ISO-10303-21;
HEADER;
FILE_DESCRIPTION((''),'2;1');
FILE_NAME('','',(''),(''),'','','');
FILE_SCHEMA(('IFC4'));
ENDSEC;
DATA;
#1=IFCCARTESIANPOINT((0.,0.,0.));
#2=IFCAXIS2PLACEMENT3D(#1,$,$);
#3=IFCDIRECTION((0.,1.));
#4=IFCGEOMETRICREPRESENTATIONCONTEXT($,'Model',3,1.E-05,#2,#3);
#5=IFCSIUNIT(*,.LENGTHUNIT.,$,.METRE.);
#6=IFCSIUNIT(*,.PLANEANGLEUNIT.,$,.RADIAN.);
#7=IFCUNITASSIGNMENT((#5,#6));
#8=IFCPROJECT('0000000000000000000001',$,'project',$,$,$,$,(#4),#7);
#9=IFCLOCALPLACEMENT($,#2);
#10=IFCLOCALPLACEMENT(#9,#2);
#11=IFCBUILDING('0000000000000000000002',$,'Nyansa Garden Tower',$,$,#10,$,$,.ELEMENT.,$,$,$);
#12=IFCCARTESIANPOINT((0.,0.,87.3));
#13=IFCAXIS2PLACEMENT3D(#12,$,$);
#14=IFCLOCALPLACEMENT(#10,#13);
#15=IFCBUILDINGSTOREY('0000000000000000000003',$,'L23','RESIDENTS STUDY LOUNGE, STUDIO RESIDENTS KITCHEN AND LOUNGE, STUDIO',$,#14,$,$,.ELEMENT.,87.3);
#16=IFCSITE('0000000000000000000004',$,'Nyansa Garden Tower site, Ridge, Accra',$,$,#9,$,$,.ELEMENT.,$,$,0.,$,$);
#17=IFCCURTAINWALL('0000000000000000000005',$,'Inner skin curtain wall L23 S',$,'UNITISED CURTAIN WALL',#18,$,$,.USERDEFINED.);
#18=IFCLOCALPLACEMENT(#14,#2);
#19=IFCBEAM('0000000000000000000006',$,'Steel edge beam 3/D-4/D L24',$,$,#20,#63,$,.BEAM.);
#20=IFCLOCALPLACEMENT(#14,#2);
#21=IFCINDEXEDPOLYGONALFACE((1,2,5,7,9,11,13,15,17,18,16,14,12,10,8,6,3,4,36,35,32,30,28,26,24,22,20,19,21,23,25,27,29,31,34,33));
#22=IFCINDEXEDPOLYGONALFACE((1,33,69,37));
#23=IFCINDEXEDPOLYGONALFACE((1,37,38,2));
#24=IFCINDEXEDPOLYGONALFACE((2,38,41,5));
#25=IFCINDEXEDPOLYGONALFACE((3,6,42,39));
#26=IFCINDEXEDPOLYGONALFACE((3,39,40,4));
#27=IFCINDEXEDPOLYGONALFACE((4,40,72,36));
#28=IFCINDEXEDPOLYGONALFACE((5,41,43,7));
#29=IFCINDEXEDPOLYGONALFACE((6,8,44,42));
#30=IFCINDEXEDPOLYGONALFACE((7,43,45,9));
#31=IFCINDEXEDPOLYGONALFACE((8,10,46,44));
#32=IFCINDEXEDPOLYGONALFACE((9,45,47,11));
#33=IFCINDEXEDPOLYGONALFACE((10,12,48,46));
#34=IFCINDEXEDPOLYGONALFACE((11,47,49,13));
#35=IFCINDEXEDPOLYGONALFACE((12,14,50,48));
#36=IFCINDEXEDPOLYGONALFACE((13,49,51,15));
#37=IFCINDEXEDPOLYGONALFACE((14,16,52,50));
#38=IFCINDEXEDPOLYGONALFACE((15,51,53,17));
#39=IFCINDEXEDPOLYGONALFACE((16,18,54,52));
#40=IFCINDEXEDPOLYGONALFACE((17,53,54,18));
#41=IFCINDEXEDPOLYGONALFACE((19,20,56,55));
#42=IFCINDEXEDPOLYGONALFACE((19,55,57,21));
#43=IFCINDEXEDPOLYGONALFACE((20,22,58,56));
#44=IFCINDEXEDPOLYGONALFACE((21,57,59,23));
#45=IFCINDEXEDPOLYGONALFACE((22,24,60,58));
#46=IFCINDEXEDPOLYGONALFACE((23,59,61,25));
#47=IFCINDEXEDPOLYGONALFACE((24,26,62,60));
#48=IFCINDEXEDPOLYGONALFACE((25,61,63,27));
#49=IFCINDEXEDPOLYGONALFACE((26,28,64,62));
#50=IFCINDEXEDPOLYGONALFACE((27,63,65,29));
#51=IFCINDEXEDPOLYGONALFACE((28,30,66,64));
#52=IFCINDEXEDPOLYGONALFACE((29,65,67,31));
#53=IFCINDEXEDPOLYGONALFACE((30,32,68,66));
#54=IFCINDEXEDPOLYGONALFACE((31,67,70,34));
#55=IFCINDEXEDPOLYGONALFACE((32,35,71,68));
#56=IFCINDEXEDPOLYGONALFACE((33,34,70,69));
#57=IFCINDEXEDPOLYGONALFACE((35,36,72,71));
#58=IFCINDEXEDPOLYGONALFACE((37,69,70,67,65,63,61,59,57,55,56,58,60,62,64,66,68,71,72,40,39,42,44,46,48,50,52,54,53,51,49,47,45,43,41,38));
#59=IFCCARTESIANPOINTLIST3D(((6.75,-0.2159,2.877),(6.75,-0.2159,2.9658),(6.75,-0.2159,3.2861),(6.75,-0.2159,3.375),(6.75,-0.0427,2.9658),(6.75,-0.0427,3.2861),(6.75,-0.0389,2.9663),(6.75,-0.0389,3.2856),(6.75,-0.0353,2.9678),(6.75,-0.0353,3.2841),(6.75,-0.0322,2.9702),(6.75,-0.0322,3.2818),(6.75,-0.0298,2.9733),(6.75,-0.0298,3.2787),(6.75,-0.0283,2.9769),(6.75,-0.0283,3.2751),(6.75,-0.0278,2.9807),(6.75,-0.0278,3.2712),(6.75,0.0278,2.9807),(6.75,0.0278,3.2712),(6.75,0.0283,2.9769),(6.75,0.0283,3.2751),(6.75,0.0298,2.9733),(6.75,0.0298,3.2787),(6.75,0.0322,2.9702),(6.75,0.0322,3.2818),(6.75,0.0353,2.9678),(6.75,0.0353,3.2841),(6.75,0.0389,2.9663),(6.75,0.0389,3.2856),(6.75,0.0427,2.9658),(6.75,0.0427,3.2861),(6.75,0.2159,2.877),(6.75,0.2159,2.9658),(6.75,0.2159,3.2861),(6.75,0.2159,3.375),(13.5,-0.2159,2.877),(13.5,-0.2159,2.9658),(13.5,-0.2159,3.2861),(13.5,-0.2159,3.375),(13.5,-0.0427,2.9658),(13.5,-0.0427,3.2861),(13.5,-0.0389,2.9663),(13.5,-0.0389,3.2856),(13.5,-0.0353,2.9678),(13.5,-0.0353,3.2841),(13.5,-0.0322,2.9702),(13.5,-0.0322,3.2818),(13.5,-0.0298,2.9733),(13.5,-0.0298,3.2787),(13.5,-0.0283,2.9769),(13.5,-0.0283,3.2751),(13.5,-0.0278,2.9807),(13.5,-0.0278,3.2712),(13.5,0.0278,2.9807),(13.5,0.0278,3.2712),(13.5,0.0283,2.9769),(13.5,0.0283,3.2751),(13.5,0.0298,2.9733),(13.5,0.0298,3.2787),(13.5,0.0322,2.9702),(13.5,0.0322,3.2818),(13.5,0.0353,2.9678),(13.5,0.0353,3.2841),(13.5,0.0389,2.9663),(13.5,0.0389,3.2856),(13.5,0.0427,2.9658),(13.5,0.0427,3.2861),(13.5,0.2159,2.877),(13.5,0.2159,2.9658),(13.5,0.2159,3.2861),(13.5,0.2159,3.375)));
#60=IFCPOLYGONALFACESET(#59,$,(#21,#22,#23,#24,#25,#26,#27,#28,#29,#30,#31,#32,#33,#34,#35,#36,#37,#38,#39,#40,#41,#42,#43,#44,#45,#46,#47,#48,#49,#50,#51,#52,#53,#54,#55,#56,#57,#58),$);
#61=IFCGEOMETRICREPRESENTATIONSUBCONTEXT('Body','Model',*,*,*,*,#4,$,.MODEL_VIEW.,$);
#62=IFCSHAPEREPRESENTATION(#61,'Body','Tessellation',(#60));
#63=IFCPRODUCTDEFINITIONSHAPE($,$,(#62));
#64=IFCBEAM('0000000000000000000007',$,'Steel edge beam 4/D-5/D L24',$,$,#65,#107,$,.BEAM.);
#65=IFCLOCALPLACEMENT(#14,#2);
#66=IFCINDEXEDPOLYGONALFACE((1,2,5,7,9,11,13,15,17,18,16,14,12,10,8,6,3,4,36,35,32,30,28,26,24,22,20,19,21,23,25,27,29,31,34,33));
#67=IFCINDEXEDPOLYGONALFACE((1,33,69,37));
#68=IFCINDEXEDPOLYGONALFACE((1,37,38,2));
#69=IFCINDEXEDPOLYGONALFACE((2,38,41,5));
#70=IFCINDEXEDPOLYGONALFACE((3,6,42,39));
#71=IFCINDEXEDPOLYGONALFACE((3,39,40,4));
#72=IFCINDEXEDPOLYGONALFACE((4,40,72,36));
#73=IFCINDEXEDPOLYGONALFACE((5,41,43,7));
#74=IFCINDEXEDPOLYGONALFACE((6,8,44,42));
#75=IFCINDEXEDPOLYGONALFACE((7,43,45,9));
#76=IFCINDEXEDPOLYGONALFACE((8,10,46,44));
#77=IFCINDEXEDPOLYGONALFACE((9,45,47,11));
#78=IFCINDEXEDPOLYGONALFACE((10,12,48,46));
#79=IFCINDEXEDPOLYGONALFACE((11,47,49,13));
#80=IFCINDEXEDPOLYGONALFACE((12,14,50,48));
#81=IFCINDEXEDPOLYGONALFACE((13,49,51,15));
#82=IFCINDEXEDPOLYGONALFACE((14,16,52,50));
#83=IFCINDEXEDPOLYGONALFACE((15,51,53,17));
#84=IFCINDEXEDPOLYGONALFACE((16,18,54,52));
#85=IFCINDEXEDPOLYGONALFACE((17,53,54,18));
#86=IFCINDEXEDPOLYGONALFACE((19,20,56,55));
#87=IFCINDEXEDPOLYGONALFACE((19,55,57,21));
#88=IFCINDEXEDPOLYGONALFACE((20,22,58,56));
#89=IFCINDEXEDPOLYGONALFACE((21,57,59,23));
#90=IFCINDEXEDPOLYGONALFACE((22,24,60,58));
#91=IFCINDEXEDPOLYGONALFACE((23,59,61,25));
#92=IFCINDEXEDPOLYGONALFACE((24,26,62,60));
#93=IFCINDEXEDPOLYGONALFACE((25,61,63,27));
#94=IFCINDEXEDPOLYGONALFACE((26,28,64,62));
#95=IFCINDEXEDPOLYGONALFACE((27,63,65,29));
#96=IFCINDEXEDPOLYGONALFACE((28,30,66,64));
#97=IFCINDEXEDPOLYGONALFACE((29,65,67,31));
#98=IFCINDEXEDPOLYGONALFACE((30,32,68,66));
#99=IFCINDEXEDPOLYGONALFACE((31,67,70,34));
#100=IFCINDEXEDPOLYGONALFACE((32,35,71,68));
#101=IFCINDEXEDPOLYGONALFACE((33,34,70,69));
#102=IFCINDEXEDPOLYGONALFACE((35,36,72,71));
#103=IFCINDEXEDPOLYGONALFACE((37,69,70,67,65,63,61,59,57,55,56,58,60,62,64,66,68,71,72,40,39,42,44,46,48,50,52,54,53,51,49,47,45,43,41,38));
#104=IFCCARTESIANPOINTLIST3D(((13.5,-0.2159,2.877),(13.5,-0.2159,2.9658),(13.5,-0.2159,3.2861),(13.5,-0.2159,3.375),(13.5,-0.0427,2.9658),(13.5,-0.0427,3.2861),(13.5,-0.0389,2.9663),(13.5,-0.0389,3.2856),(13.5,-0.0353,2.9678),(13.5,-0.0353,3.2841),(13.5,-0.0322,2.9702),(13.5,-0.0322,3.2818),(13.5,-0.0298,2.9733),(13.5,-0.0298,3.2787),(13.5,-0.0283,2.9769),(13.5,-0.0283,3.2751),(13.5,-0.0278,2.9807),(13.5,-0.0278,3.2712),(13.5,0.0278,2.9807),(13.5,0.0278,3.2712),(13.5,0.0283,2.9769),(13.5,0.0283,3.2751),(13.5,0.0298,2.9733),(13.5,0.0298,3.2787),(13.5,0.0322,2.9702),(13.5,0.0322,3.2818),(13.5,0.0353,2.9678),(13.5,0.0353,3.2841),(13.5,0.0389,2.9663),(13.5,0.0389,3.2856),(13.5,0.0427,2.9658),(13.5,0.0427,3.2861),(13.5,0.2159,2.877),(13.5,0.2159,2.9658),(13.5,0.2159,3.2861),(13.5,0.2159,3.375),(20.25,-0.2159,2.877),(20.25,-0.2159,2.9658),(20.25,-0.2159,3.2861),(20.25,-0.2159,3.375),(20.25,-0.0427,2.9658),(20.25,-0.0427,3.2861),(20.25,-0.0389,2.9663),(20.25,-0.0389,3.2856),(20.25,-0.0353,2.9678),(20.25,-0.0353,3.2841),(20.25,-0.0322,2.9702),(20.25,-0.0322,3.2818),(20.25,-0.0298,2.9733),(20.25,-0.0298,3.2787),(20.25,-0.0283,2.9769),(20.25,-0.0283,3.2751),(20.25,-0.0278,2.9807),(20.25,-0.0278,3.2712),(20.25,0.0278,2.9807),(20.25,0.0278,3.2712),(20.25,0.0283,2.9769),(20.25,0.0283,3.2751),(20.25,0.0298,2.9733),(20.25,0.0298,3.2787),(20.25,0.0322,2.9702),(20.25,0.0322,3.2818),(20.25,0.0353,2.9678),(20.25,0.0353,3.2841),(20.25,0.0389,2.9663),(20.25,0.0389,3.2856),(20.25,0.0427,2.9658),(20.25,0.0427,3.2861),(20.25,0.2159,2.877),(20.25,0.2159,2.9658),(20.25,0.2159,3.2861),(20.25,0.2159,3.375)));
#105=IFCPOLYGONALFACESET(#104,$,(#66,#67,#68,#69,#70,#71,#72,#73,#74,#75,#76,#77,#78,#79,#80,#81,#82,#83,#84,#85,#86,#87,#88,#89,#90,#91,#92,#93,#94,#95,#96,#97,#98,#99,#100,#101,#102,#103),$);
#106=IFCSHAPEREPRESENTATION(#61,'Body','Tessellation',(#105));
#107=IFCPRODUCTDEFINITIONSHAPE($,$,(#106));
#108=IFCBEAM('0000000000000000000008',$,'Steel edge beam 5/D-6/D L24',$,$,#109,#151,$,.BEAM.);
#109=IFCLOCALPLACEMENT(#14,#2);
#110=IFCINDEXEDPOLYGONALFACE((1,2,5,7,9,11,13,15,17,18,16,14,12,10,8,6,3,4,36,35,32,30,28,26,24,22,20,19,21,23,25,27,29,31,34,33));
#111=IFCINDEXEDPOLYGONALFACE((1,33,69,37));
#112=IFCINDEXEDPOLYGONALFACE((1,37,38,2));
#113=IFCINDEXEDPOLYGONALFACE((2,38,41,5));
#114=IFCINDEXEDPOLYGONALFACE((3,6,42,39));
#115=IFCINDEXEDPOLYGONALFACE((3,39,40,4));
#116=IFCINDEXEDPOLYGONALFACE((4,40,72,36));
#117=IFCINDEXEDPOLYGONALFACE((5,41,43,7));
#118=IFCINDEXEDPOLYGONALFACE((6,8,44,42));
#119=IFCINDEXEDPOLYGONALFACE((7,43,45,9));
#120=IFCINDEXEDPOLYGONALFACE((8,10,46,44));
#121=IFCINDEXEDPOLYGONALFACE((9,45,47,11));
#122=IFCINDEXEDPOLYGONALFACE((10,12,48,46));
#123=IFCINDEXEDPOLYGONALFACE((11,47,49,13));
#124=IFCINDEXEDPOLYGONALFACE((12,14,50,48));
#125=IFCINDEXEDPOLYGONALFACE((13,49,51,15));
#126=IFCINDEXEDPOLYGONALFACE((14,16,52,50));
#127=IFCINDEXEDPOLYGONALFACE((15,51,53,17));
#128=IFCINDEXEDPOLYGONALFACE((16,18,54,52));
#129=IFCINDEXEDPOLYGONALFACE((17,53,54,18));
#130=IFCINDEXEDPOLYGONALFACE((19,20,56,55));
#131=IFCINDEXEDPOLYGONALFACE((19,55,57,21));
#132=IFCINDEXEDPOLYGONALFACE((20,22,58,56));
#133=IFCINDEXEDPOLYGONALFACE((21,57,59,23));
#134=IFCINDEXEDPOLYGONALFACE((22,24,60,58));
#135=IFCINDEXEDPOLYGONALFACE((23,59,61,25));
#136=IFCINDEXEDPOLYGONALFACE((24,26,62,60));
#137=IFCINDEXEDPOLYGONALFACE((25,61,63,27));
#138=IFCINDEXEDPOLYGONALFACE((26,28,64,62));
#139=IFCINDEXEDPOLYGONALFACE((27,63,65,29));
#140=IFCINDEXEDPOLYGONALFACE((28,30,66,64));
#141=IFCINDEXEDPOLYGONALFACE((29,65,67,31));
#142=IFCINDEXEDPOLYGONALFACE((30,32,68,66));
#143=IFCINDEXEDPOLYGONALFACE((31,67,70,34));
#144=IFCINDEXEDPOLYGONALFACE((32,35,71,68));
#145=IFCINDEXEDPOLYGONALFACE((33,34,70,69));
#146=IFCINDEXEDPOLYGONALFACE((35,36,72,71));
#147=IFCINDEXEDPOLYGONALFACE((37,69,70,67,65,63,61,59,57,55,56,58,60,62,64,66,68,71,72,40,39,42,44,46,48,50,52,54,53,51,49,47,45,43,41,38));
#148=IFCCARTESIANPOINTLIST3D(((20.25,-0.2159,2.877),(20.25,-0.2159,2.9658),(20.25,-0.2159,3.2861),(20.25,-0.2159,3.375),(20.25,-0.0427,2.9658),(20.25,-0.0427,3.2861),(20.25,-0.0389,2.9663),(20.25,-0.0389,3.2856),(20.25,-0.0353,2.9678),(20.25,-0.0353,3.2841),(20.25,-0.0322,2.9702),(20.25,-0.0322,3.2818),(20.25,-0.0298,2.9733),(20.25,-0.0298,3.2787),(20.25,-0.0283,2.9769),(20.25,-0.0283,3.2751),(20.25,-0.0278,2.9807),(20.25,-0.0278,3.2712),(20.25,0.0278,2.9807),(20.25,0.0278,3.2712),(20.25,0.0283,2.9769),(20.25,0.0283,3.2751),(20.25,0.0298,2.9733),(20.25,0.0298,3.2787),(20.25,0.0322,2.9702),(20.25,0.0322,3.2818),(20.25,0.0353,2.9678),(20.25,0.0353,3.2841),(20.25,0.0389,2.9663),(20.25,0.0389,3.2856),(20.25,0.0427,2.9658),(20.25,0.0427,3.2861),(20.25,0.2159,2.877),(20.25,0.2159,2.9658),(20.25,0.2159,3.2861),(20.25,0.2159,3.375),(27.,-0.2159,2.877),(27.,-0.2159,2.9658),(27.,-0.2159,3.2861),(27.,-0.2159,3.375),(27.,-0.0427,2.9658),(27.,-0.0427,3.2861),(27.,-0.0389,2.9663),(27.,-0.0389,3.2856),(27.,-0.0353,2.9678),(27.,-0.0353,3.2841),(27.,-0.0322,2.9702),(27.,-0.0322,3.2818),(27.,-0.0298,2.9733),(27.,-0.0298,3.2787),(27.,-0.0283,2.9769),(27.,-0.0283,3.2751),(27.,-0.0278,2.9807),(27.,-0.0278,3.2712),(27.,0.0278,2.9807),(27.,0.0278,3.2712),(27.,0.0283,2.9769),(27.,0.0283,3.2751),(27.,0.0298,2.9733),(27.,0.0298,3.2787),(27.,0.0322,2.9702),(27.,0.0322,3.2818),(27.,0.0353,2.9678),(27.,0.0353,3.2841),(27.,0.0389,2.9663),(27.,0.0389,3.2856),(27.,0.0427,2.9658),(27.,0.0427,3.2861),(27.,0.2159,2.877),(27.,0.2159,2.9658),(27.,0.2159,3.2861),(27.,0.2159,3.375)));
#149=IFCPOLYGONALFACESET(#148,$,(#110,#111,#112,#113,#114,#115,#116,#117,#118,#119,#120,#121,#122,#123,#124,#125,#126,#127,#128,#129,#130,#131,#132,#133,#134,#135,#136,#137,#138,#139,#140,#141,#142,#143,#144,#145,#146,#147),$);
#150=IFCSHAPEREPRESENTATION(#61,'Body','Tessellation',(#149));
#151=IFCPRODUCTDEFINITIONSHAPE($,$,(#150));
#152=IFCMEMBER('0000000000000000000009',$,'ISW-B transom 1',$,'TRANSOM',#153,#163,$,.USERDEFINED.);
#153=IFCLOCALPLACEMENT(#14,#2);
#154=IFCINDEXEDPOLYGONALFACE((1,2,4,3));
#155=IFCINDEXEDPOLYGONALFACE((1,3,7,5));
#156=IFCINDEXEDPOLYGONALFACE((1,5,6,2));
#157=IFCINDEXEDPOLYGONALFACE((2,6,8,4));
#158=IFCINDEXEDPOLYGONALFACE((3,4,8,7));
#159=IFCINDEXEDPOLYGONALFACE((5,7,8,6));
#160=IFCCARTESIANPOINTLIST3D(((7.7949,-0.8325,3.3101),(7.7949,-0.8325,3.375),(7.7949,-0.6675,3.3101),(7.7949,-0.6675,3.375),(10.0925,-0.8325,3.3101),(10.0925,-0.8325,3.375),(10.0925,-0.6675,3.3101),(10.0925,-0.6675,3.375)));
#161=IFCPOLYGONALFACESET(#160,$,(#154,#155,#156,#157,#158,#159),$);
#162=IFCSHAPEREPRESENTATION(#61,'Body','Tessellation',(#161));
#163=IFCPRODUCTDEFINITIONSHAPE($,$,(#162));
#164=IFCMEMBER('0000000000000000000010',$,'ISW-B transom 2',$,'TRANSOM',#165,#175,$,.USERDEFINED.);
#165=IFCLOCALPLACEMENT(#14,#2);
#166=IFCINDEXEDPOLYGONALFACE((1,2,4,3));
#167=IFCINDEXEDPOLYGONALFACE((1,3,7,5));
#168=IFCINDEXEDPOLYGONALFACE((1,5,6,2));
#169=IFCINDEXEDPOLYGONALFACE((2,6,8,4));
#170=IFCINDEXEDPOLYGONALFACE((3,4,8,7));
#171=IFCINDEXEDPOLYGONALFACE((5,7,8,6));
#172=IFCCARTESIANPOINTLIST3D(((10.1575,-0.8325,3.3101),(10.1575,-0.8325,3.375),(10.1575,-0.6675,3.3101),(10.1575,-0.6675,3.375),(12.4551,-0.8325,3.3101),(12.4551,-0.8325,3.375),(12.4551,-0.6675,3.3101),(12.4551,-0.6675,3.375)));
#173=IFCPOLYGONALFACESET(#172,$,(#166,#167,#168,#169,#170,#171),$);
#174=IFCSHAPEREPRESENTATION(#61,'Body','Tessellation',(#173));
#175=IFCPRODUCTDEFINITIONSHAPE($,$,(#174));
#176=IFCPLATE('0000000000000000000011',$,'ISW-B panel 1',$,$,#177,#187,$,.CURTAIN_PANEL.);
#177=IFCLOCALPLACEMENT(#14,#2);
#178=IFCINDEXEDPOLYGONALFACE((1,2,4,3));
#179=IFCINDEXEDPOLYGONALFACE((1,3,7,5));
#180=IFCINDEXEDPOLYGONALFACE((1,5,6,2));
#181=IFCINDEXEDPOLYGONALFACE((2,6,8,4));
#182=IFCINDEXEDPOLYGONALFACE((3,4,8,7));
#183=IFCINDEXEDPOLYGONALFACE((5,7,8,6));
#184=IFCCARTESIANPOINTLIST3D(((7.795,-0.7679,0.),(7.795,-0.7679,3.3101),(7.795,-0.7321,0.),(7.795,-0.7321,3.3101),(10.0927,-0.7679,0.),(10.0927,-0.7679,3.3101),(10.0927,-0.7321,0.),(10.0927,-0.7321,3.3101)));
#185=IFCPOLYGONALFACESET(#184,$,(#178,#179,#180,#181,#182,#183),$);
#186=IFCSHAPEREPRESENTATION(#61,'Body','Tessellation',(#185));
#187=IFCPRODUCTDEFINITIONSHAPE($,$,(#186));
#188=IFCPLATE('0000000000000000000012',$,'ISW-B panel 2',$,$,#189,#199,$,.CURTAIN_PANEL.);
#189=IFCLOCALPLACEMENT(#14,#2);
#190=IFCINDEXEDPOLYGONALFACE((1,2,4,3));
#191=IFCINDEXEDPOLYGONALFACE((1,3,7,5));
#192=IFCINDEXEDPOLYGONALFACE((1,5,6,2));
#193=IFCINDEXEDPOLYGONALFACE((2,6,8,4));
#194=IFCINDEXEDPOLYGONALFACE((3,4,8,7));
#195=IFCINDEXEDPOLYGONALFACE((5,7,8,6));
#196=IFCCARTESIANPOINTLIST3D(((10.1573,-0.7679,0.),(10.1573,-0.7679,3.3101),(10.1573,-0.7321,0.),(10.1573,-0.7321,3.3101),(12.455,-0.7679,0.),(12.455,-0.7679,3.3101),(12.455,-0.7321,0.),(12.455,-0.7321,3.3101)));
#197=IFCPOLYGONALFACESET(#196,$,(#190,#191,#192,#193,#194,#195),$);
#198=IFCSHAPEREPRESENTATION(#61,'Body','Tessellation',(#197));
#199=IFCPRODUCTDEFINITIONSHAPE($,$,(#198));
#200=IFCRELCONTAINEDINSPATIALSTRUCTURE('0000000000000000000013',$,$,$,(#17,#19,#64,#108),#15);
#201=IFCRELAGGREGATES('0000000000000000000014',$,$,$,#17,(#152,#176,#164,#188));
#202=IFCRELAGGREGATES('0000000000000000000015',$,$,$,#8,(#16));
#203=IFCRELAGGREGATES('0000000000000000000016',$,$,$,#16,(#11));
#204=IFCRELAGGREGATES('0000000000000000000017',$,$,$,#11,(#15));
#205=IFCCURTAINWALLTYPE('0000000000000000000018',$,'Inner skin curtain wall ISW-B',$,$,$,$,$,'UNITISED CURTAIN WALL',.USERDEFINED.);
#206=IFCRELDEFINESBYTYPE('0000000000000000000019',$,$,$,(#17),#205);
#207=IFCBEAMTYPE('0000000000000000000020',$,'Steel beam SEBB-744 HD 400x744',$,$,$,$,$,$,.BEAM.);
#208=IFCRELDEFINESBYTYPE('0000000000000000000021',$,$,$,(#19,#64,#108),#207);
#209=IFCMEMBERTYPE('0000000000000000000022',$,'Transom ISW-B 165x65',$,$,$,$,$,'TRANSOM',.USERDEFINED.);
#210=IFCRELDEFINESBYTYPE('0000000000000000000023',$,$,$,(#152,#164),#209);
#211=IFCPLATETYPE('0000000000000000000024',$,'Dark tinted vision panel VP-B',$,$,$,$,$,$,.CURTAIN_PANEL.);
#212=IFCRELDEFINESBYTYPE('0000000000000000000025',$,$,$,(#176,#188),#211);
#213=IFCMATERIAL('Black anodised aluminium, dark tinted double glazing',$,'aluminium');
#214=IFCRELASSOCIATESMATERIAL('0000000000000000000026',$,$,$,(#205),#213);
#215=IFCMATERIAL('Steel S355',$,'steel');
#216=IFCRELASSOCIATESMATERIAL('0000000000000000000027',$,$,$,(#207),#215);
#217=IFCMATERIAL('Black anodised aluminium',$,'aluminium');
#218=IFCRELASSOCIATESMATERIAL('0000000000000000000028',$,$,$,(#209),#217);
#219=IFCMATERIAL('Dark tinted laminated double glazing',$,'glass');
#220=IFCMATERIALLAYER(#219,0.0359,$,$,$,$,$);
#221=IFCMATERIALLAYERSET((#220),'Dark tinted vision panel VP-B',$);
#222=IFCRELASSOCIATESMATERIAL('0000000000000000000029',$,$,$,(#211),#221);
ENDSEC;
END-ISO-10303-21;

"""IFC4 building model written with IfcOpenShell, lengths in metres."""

from ifc_helpers import new_model, si_unit, direction, frame, origin, origin_2d, place, context, subcontext, project, spatial, rectangle, i_section, extrude, material, layer, layer_set, material_profile, profile_set, type_object, element, aggregate, save


model = new_model("IFC4")

# Units and contexts
model_context = context("Model", 3, precision=1e-05, world=origin(), true_north=direction((0.0, 1.0)))
body_context = subcontext(model_context, "Body", "Model", "MODEL_VIEW")
ifc_project = project(units=[si_unit("LENGTHUNIT", "METRE"), si_unit("PLANEANGLEUNIT", "RADIAN")], contexts=[model_context])

# Site, building, storey
site_placement = place(None, origin())
site = spatial("IfcSite", under=ifc_project, at=site_placement, Name="Nyansa Garden Tower site, Ridge, Accra", CompositionType="ELEMENT", RefElevation=0.0)
building_placement = place(site_placement, origin())
building = spatial("IfcBuilding", under=site, at=building_placement, Name="Nyansa Garden Tower", CompositionType="ELEMENT")
storey_placement = place(building_placement, frame((0.0, 0.0, 87.3)))
storey = spatial("IfcBuildingStorey", under=building, at=storey_placement, Name="L23", Description="RESIDENTS STUDY LOUNGE, STUDIO RESIDENTS KITCHEN AND LOUNGE, STUDIO", CompositionType="ELEMENT", Elevation=87.3)

# Curtain wall
ifc_material_1 = material(Name="Black anodised aluminium, dark tinted double glazing", Category="aluminium")
curtain_wall_type = type_object("IfcCurtainWallType", Name="Inner skin curtain wall ISW-B", ElementType="UNITISED CURTAIN WALL", PredefinedType="USERDEFINED", material=ifc_material_1)
curtain_wall_placement = place(storey_placement, origin())
curtain_wall = element("IfcCurtainWall", 1, at=curtain_wall_placement, inside=storey, type_object=curtain_wall_type, Name="Inner skin curtain wall L23 S", ObjectType="UNITISED CURTAIN WALL", PredefinedType="USERDEFINED")

# Beams
ifc_material_2 = material(Name="Steel S355", Category="steel")
ifc_material_profile_1 = material_profile(ifc_material_2, i_section(OverallWidth=0.4319, OverallDepth=0.498, WebThickness=0.0557, FlangeThickness=0.0889, FilletRadius=0.0149, at=origin_2d()), Name="HD 400x744")
ifc_profile_set_1 = profile_set([ifc_material_profile_1], Name="Steel S355")
beam_type_1 = type_object("IfcBeamType", Name="Steel beam SEBB-744 HD 400x744", PredefinedType="BEAM", material=ifc_profile_set_1)
for number, where, z_axis, x_axis, name in (
    (2, (6.75, 0.0, 3.126), (1.0, 0.0, 0.0), (0.0, 1.0, 0.0), "Steel edge beam 3/D-4/D L24"),
    (3, (13.5, 0.0, 3.126), (1.0, 0.0, 0.0), (0.0, 1.0, 0.0), "Steel edge beam 4/D-5/D L24"),
    (4, (20.25, 0.0, 3.126), (1.0, 0.0, 0.0), (0.0, 1.0, 0.0), "Steel edge beam 5/D-6/D L24"),
):
    element("IfcBeam", number, at=place(storey_placement, frame(where, z_axis=z_axis, x_axis=x_axis)), inside=storey, type_object=beam_type_1, Name=name, PredefinedType="BEAM", context=body_context, shape_type="SweptSolid", body=[
        extrude(i_section(OverallWidth=0.4319, OverallDepth=0.498, WebThickness=0.0557, FlangeThickness=0.0889, FilletRadius=0.0149, at=origin_2d()), origin(), (0.0, 0.0, 1.0), 6.75),
    ])

# Members
ifc_material_3 = material(Name="Black anodised aluminium", Category="aluminium")
ifc_material_profile_2 = material_profile(ifc_material_3, rectangle(XDim=0.165, YDim=0.0649, at=origin_2d()), Name="Transom 165x65")
ifc_profile_set_2 = profile_set([ifc_material_profile_2], Name="Black anodised aluminium")
member_type_1 = type_object("IfcMemberType", Name="Transom ISW-B 165x65", ElementType="TRANSOM", PredefinedType="USERDEFINED", material=ifc_profile_set_2)
member_1_placement = place(storey_placement, frame((7.7949, -0.75, 3.3425), z_axis=(1.0, 0.0, 0.0), x_axis=(0.0, 1.0, 0.0)))
member_1 = element("IfcMember", 5, at=member_1_placement, type_object=member_type_1, Name="ISW-B transom 1", ObjectType="TRANSOM", PredefinedType="USERDEFINED", context=body_context, shape_type="SweptSolid", body=[
    extrude(rectangle(XDim=0.165, YDim=0.0649, at=origin_2d()), origin(), (0.0, 0.0, 1.0), 2.2976),
])
member_2_placement = place(storey_placement, frame((10.1575, -0.75, 3.3425), z_axis=(1.0, 0.0, 0.0), x_axis=(0.0, 1.0, 0.0)))
member_2 = element("IfcMember", 6, at=member_2_placement, type_object=member_type_1, Name="ISW-B transom 2", ObjectType="TRANSOM", PredefinedType="USERDEFINED", context=body_context, shape_type="SweptSolid", body=[
    extrude(rectangle(XDim=0.165, YDim=0.0649, at=origin_2d()), origin(), (0.0, 0.0, 1.0), 2.2976),
])

# Plates
ifc_material_4 = material(Name="Dark tinted laminated double glazing", Category="glass")
ifc_layer_1 = layer(ifc_material_4, 0.0359)
ifc_layer_set_1 = layer_set([ifc_layer_1], Name="Dark tinted vision panel VP-B")
plate_type = type_object("IfcPlateType", Name="Dark tinted vision panel VP-B", PredefinedType="CURTAIN_PANEL", material=ifc_layer_set_1)
plate_1_placement = place(storey_placement, frame((8.9438, -0.75, 0.0), z_axis=(0.0, 0.0, 1.0), x_axis=(1.0, 0.0, 0.0)))
plate_1 = element("IfcPlate", 7, at=plate_1_placement, type_object=plate_type, Name="ISW-B panel 1", PredefinedType="CURTAIN_PANEL", context=body_context, shape_type="SweptSolid", body=[
    extrude(rectangle(XDim=2.2976, YDim=0.0359, at=origin_2d()), origin(), (0.0, 0.0, 1.0), 3.3101),
])
plate_2_placement = place(storey_placement, frame((11.3062, -0.75, 0.0), z_axis=(0.0, 0.0, 1.0), x_axis=(1.0, 0.0, 0.0)))
plate_2 = element("IfcPlate", 8, at=plate_2_placement, type_object=plate_type, Name="ISW-B panel 2", PredefinedType="CURTAIN_PANEL", context=body_context, shape_type="SweptSolid", body=[
    extrude(rectangle(XDim=2.2976, YDim=0.0359, at=origin_2d()), origin(), (0.0, 0.0, 1.0), 3.3101),
])
aggregate(curtain_wall, [member_1, plate_1, member_2, plate_2])

save(model, "model.ifc")
